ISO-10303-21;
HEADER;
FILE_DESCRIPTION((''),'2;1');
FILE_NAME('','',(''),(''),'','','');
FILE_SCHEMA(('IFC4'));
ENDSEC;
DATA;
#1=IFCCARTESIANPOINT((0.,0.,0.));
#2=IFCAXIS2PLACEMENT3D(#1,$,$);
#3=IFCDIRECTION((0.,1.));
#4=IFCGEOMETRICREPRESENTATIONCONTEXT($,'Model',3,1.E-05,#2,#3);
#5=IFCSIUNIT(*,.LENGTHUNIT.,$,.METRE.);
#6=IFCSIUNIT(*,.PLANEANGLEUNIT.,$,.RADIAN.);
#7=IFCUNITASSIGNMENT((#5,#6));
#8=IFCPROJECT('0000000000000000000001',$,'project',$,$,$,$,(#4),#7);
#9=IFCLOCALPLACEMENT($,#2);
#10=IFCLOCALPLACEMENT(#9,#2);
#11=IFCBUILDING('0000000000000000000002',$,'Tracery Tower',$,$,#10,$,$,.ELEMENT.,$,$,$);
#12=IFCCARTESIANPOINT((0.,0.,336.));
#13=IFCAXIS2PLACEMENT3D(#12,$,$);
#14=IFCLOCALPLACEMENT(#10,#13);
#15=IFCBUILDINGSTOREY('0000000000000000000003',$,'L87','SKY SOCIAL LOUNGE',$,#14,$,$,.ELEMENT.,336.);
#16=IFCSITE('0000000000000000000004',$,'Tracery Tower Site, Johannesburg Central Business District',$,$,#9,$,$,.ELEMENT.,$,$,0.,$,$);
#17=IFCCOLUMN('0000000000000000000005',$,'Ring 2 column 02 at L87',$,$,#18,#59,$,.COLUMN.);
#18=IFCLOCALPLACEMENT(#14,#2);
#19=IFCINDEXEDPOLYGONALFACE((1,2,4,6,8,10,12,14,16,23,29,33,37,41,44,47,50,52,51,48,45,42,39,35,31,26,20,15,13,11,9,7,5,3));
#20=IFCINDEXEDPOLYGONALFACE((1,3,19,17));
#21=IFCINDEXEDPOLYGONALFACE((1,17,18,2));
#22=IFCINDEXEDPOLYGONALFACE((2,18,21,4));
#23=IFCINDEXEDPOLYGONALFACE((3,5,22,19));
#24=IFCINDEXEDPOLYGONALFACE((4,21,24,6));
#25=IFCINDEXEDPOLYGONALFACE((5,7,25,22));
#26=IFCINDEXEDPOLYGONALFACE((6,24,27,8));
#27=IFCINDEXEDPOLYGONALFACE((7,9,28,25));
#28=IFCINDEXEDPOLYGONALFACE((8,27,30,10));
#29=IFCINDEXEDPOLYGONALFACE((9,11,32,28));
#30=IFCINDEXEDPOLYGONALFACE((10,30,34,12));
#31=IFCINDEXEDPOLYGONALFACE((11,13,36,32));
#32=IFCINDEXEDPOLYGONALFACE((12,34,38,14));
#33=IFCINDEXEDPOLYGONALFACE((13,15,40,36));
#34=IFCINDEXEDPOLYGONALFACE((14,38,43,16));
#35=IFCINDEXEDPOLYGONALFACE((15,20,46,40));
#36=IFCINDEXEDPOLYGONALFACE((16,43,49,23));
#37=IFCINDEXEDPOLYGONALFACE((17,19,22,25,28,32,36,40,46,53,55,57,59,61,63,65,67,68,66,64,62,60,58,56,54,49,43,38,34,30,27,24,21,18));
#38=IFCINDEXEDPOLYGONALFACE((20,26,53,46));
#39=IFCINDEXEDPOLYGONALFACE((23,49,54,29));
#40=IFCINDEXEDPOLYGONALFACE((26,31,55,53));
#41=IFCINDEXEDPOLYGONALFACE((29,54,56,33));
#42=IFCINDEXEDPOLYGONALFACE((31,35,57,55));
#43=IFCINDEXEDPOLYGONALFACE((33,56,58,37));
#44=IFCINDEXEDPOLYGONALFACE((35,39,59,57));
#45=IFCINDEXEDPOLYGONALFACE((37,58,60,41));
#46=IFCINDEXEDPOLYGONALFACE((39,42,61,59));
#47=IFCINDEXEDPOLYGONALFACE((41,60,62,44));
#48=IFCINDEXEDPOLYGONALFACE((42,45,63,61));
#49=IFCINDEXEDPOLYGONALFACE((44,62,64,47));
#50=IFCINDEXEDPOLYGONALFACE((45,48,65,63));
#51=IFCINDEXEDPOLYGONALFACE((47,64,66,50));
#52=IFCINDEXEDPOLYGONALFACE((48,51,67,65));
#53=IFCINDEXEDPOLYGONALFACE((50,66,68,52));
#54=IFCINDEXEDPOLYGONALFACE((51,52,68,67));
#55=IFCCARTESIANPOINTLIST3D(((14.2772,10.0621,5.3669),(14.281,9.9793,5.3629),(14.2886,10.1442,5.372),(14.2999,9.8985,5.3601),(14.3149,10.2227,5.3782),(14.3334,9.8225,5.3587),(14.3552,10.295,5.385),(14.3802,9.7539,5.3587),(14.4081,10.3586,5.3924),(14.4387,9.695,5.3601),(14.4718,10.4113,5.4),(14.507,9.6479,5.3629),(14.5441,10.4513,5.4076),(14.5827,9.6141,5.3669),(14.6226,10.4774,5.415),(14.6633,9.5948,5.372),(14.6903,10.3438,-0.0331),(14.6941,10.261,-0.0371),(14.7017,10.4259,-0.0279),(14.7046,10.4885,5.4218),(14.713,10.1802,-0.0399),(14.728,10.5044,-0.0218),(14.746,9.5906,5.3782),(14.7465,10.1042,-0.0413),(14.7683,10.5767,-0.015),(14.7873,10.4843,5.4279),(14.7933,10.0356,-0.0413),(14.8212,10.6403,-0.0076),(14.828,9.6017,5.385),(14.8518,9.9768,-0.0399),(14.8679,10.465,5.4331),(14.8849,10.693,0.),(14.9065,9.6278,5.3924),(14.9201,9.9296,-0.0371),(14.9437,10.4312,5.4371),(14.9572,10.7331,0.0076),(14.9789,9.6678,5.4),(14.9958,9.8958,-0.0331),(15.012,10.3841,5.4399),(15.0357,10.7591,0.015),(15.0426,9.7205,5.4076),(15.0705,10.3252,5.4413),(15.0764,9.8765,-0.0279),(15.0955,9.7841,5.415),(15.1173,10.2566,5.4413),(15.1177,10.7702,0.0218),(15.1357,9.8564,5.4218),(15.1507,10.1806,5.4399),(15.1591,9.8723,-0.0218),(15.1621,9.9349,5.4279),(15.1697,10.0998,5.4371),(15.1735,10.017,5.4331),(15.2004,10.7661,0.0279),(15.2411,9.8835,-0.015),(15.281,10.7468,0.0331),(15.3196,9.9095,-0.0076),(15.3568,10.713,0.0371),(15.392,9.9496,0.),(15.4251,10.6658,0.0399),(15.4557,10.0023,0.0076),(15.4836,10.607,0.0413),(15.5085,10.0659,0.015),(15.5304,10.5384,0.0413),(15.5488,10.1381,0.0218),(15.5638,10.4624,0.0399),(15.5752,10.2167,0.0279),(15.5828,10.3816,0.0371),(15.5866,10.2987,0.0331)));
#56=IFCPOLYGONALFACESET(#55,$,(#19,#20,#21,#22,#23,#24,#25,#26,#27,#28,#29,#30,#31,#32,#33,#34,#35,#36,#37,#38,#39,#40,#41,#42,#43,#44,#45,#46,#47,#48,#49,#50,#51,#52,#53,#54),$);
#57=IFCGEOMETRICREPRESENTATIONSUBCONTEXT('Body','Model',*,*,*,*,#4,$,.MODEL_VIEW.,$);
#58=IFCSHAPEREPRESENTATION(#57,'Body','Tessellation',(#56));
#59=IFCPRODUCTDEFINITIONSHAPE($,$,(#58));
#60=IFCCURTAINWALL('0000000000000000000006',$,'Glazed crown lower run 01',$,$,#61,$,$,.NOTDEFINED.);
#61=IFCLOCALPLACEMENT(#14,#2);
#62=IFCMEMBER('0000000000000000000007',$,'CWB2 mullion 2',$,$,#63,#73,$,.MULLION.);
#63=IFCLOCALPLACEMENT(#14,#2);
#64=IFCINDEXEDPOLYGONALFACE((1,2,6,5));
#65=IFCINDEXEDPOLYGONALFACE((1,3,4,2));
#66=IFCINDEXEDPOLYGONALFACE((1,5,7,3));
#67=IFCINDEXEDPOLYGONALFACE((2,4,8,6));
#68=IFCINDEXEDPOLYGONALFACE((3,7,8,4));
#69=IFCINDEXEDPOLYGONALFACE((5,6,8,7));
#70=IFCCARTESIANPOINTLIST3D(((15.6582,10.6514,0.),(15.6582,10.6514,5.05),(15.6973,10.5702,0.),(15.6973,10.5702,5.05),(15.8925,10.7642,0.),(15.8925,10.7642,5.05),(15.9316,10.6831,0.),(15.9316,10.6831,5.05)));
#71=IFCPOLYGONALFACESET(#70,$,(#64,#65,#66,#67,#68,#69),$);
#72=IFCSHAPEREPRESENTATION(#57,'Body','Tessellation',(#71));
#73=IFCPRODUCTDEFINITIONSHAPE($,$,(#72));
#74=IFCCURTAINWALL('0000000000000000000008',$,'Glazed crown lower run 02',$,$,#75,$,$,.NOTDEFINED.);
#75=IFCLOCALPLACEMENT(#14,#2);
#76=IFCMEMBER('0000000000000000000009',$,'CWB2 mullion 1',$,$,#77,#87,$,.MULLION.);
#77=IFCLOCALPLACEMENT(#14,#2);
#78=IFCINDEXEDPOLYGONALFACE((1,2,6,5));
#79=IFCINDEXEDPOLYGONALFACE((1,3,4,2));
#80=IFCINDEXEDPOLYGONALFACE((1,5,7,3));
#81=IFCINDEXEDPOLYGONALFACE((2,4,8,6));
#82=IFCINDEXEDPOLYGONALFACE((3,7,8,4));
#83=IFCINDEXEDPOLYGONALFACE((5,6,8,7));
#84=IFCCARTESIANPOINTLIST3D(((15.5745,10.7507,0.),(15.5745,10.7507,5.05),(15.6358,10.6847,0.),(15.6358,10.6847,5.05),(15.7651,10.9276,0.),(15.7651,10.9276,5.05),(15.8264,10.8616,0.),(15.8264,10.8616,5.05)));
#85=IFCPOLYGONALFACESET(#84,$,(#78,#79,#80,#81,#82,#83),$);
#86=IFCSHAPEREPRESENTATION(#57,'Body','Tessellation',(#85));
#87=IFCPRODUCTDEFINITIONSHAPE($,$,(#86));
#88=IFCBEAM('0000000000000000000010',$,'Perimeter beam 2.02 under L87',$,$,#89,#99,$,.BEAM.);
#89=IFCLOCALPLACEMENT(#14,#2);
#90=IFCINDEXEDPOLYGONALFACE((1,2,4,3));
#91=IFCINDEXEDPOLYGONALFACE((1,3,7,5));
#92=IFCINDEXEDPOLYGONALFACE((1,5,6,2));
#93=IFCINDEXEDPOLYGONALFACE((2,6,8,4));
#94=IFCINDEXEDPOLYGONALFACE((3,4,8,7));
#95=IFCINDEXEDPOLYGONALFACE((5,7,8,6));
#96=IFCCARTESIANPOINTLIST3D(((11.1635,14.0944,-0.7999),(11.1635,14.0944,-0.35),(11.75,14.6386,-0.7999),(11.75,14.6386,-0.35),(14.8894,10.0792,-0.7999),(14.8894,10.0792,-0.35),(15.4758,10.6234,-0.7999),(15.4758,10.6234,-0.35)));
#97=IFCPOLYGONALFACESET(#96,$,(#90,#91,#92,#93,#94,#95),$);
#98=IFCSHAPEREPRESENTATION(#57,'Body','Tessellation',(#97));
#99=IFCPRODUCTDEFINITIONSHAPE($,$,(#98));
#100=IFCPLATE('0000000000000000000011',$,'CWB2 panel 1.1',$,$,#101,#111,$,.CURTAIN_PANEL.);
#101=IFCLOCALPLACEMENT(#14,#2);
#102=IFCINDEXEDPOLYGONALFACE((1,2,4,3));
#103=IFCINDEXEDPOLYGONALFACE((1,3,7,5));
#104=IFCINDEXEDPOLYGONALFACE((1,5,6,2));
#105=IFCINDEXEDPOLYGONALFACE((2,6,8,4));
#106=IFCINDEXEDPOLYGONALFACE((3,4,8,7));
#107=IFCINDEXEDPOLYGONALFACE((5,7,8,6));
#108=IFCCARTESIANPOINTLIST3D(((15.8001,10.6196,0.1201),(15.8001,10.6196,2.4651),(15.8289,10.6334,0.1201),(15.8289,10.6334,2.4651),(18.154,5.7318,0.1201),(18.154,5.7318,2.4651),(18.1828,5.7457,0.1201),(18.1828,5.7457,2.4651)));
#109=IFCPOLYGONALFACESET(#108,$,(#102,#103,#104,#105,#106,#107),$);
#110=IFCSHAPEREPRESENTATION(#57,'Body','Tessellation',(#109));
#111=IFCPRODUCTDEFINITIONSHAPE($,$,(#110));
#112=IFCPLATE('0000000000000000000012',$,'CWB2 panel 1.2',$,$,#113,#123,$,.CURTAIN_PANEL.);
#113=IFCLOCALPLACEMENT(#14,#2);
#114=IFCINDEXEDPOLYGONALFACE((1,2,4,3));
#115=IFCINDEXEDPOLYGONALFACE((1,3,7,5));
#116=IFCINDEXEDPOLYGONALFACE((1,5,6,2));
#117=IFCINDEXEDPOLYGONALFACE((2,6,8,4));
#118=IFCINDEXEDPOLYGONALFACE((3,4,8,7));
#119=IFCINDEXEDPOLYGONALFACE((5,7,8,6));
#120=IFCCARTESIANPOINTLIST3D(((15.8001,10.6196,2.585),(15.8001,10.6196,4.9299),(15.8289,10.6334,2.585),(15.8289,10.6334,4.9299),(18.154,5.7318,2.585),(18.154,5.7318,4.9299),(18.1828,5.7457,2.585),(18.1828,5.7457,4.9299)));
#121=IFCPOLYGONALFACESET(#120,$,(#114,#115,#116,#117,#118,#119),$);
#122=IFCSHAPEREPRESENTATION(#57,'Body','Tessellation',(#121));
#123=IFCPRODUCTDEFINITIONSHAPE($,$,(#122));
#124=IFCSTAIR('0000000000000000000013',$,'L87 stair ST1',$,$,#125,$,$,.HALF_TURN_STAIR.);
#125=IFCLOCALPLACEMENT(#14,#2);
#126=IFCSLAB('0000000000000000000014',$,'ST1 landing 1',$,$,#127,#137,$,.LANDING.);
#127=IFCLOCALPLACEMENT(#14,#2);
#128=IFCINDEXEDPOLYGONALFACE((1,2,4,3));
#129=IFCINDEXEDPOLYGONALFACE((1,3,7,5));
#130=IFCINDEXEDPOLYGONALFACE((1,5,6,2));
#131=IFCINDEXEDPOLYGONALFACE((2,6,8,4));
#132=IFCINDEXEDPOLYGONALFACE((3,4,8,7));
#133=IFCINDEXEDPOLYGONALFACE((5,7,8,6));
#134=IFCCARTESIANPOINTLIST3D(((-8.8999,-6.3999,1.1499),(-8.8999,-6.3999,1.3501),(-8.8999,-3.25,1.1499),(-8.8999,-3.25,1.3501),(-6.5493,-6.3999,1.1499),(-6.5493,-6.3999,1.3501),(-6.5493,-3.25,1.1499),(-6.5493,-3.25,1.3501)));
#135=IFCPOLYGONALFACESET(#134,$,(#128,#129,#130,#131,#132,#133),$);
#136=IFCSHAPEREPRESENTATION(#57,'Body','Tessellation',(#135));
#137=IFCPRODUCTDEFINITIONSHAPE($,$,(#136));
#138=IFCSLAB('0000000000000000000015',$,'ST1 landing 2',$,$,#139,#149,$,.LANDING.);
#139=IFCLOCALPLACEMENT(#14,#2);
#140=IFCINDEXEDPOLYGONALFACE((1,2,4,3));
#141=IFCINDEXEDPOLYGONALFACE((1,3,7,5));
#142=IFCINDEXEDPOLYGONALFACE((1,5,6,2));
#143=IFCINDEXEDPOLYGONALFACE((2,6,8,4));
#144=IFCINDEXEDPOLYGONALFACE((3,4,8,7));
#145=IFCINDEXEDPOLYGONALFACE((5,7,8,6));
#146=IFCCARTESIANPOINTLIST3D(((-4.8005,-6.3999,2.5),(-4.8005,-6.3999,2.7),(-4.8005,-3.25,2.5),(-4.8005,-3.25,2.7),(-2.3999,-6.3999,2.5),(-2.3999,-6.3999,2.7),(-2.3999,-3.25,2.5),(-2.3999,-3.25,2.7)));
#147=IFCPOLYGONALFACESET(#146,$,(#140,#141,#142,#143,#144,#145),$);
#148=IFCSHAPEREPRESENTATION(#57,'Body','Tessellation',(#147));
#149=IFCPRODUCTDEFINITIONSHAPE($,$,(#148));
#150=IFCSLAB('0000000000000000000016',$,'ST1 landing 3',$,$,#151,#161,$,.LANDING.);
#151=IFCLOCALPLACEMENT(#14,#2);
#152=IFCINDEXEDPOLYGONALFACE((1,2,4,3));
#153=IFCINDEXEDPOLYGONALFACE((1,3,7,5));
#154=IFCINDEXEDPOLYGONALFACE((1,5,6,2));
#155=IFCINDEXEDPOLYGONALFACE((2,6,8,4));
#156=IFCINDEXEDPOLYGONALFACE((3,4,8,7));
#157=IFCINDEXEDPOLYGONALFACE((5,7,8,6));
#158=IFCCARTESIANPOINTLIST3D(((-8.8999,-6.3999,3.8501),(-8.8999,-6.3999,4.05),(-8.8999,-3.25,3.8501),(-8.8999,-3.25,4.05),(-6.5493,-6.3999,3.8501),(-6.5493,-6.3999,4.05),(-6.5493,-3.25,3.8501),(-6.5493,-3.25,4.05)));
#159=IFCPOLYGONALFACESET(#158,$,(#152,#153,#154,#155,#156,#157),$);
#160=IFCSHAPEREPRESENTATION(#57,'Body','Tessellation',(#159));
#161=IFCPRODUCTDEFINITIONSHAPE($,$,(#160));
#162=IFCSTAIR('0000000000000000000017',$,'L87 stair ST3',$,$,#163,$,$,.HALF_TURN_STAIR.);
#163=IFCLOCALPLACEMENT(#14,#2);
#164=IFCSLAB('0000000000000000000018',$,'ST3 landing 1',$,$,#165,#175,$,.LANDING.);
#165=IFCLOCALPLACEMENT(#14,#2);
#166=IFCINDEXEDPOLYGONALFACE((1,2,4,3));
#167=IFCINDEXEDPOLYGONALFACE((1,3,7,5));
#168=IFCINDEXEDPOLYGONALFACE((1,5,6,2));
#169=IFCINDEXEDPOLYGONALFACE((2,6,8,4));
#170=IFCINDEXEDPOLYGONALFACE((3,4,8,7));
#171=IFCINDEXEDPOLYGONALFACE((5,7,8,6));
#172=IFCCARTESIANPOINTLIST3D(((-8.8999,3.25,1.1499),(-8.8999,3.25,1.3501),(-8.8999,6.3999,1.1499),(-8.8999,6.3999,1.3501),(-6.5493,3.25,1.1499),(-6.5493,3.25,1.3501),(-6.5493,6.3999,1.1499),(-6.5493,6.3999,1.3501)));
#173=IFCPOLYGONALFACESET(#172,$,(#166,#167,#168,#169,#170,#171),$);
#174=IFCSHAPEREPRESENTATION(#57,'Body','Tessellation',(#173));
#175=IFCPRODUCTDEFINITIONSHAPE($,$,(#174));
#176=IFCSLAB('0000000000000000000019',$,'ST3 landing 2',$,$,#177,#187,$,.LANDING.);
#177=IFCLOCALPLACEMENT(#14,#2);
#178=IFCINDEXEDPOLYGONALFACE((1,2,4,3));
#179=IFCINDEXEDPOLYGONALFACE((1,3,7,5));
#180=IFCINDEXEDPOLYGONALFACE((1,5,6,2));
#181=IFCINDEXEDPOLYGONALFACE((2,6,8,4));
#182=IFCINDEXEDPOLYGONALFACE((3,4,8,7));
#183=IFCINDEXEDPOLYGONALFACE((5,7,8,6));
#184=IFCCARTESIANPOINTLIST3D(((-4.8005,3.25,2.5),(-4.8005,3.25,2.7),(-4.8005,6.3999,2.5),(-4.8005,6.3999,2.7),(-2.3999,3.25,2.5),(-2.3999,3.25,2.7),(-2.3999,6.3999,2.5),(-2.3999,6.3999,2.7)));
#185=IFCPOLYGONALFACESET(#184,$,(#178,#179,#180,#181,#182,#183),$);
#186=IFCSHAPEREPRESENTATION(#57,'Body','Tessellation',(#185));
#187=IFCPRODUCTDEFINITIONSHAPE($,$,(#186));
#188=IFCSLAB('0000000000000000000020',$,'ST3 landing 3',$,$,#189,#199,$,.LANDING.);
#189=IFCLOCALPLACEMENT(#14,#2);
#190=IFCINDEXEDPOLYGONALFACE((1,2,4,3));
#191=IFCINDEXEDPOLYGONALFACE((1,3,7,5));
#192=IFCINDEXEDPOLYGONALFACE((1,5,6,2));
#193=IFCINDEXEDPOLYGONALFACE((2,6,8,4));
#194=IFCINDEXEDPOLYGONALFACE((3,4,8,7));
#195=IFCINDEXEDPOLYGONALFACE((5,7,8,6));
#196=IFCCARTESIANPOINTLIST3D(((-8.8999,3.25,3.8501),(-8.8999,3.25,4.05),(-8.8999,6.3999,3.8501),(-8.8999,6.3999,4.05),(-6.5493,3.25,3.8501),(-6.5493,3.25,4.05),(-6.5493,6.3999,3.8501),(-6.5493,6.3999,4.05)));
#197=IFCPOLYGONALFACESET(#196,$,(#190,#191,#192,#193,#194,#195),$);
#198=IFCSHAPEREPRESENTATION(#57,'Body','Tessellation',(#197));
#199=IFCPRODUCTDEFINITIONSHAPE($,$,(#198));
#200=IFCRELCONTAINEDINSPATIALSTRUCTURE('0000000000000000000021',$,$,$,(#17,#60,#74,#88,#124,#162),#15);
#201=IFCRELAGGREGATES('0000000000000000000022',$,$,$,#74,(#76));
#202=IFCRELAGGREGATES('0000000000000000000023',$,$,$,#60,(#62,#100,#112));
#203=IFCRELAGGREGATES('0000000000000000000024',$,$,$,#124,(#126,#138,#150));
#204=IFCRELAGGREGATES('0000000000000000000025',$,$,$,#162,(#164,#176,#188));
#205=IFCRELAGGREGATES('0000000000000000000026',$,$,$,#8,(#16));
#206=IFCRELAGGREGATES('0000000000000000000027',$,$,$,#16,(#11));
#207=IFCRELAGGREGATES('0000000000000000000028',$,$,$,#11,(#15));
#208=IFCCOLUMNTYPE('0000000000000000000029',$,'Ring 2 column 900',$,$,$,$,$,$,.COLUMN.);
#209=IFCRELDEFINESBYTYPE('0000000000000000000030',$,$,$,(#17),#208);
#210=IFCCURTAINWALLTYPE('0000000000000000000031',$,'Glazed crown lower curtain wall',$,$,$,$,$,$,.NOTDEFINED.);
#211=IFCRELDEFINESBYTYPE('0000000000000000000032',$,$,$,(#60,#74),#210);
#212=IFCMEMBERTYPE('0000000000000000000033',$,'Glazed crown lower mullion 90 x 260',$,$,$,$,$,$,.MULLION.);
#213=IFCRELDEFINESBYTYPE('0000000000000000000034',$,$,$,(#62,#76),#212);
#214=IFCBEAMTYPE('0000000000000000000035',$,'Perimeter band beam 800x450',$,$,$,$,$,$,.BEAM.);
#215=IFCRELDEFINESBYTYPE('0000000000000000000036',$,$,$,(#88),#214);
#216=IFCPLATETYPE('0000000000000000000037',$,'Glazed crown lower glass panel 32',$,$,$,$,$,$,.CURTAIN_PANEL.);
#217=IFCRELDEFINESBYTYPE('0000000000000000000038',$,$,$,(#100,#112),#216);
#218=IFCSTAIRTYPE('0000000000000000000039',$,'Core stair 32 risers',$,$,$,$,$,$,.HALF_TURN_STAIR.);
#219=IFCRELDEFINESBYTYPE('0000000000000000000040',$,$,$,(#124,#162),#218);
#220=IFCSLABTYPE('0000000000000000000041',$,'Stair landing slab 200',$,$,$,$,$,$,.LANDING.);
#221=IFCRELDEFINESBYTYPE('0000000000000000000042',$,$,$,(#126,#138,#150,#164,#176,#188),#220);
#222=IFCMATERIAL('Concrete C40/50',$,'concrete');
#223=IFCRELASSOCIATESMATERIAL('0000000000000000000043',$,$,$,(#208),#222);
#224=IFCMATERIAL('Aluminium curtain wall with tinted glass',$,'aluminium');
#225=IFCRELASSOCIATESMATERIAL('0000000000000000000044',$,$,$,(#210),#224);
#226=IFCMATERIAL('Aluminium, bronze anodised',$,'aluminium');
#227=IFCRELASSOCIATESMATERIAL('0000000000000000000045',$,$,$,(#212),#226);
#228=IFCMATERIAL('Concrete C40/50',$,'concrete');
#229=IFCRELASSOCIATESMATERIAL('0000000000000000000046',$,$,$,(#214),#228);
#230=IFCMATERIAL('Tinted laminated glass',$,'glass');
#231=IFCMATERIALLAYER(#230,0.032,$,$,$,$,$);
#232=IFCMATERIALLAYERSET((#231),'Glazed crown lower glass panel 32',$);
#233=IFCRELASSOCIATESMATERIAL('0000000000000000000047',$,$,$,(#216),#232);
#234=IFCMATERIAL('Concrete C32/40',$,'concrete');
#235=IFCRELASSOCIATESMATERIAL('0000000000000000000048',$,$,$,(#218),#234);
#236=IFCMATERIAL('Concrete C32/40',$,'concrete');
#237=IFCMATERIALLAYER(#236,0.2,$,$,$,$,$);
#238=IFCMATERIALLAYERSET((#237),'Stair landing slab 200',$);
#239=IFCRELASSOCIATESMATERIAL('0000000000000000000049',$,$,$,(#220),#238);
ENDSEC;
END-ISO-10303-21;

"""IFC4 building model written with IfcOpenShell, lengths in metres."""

from ifc_helpers import new_model, si_unit, direction, frame, origin, origin_2d, place, context, subcontext, project, spatial, polyline, rectangle, circle, outline, extrude, material, layer, layer_set, material_profile, profile_set, type_object, element, aggregate, save


model = new_model("IFC4")

# Units and contexts
model_context = context("Model", 3, precision=1e-05, world=origin(), true_north=direction((0.0, 1.0)))
body_context = subcontext(model_context, "Body", "Model", "MODEL_VIEW")
ifc_project = project(units=[si_unit("LENGTHUNIT", "METRE"), si_unit("PLANEANGLEUNIT", "RADIAN")], contexts=[model_context])

# Site, building, storey
site_placement = place(None, origin())
site = spatial("IfcSite", under=ifc_project, at=site_placement, Name="Tracery Tower Site, Johannesburg Central Business District", CompositionType="ELEMENT", RefElevation=0.0)
building_placement = place(site_placement, origin())
building = spatial("IfcBuilding", under=site, at=building_placement, Name="Tracery Tower", CompositionType="ELEMENT")
storey_placement = place(building_placement, frame((0.0, 0.0, 336.0)))
storey = spatial("IfcBuildingStorey", under=building, at=storey_placement, Name="L87", Description="SKY SOCIAL LOUNGE", CompositionType="ELEMENT", Elevation=336.0)

# Column
ifc_material_1 = material(Name="Concrete C40/50", Category="concrete")
ifc_material_profile_1 = material_profile(ifc_material_1, circle(Radius=0.45, at=origin_2d()), Name="RC D900")
ifc_profile_set_1 = profile_set([ifc_material_profile_1], Name="Concrete C40/50")
column_type = type_object("IfcColumnType", Name="Ring 2 column 900", PredefinedType="COLUMN", material=ifc_profile_set_1)
column_placement = place(storey_placement, frame((15.1384, 10.3213, 0.0), z_axis=(-0.076173, -0.051952, 0.99574), x_axis=(0.563458, -0.826145, 0.0)))
element("IfcColumn", 1, at=column_placement, inside=storey, type_object=column_type, Name="Ring 2 column 02 at L87", PredefinedType="COLUMN", context=body_context, shape_type="SweptSolid", body=[
    extrude(circle(Radius=0.45, at=origin_2d()), origin(), (0.0, 0.0, 1.0), 5.4231),
])

# Curtain walls, members
ifc_material_2 = material(Name="Aluminium curtain wall with tinted glass", Category="aluminium")
curtain_wall_type = type_object("IfcCurtainWallType", Name="Glazed crown lower curtain wall", PredefinedType="NOTDEFINED", material=ifc_material_2)
curtain_wall_1_placement = place(storey_placement, origin())
curtain_wall_1 = element("IfcCurtainWall", 2, at=curtain_wall_1_placement, inside=storey, type_object=curtain_wall_type, Name="Glazed crown lower run 01", PredefinedType="NOTDEFINED")
ifc_material_3 = material(Name="Aluminium, bronze anodised", Category="aluminium")
ifc_material_profile_2 = material_profile(ifc_material_3, rectangle(XDim=0.26, YDim=0.0901, at=origin_2d()), Name="Glazed crown lower mullion 90 x 260")
ifc_profile_set_2 = profile_set([ifc_material_profile_2], Name="Aluminium, bronze anodised")
member_type = type_object("IfcMemberType", Name="Glazed crown lower mullion 90 x 260", PredefinedType="MULLION", material=ifc_profile_set_2)
member_1_placement = place(storey_placement, frame((15.7949, 10.6672, 0.0), z_axis=(0.0, 0.0, 1.0), x_axis=(-0.900966, -0.433891, 0.0)))
member_1 = element("IfcMember", 3, at=member_1_placement, type_object=member_type, Name="CWB2 mullion 2", PredefinedType="MULLION", context=body_context, shape_type="SweptSolid", body=[
    extrude(rectangle(XDim=0.26, YDim=0.0901, at=origin_2d()), origin(), (0.0, 0.0, 1.0), 5.05),
])
curtain_wall_2_placement = place(storey_placement, origin())
curtain_wall_2 = element("IfcCurtainWall", 4, at=curtain_wall_2_placement, inside=storey, type_object=curtain_wall_type, Name="Glazed crown lower run 02", PredefinedType="NOTDEFINED")
member_2_placement = place(storey_placement, frame((15.7004, 10.8062, 0.0), z_axis=(0.0, 0.0, 1.0), x_axis=(-0.733044, -0.680181, 0.0)))
member_2 = element("IfcMember", 5, at=member_2_placement, type_object=member_type, Name="CWB2 mullion 1", PredefinedType="MULLION", context=body_context, shape_type="SweptSolid", body=[
    extrude(rectangle(XDim=0.26, YDim=0.0901, at=origin_2d()), origin(), (0.0, 0.0, 1.0), 5.05),
])
aggregate(curtain_wall_2, [member_2])

# Beam
ifc_material_4 = material(Name="Concrete C40/50", Category="concrete")
ifc_material_profile_3 = material_profile(ifc_material_4, rectangle(XDim=0.8, YDim=0.45, at=origin_2d()), Name="RC 800x450")
ifc_profile_set_3 = profile_set([ifc_material_profile_3], Name="Concrete C40/50")
beam_type = type_object("IfcBeamType", Name="Perimeter band beam 800x450", PredefinedType="BEAM", material=ifc_profile_set_3)
beam_placement = place(storey_placement, frame((15.1826, 10.3513, -0.575), z_axis=(-0.680205, 0.733022, 0.0), x_axis=(-0.733022, -0.680205, 0.0)))
element("IfcBeam", 6, at=beam_placement, inside=storey, type_object=beam_type, Name="Perimeter beam 2.02 under L87", PredefinedType="BEAM", context=body_context, shape_type="SweptSolid", body=[
    extrude(rectangle(XDim=0.8, YDim=0.45, at=origin_2d()), origin(), (0.0, 0.0, 1.0), 5.4775),
])

# Plates
ifc_material_5 = material(Name="Tinted laminated glass", Category="glass")
ifc_layer_1 = layer(ifc_material_5, 0.032)
ifc_layer_set_1 = layer_set([ifc_layer_1], Name="Glazed crown lower glass panel 32")
plate_type = type_object("IfcPlateType", Name="Glazed crown lower glass panel 32", PredefinedType="CURTAIN_PANEL", material=ifc_layer_set_1)
plate_1_placement = place(storey_placement, frame((16.9915, 8.1826, 0.1201), z_axis=(0.0, 0.0, 1.0), x_axis=(-0.433891, 0.900966, 0.0)))
plate_1 = element("IfcPlate", 7, at=plate_1_placement, type_object=plate_type, Name="CWB2 panel 1.1", PredefinedType="CURTAIN_PANEL", context=body_context, shape_type="SweptSolid", body=[
    extrude(rectangle(XDim=5.425, YDim=0.032, at=origin_2d()), origin(), (0.0, 0.0, 1.0), 2.345),
])
plate_2_placement = place(storey_placement, frame((16.9915, 8.1826, 2.585), z_axis=(0.0, 0.0, 1.0), x_axis=(-0.433891, 0.900966, 0.0)))
plate_2 = element("IfcPlate", 8, at=plate_2_placement, type_object=plate_type, Name="CWB2 panel 1.2", PredefinedType="CURTAIN_PANEL", context=body_context, shape_type="SweptSolid", body=[
    extrude(rectangle(XDim=5.425, YDim=0.032, at=origin_2d()), origin(), (0.0, 0.0, 1.0), 2.345),
])
aggregate(curtain_wall_1, [member_1, plate_1, plate_2])

# Stairs, slabs
ifc_material_6 = material(Name="Concrete C32/40", Category="concrete")
stair_type = type_object("IfcStairType", Name="Core stair 32 risers", PredefinedType="HALF_TURN_STAIR", material=ifc_material_6)
stair_1_placement = place(storey_placement, origin())
stair_1 = element("IfcStair", 9, at=stair_1_placement, inside=storey, type_object=stair_type, Name="L87 stair ST1", PredefinedType="HALF_TURN_STAIR")
ifc_material_7 = material(Name="Concrete C32/40", Category="concrete")
ifc_layer_2 = layer(ifc_material_7, 0.2)
ifc_layer_set_2 = layer_set([ifc_layer_2], Name="Stair landing slab 200")
slab_type = type_object("IfcSlabType", Name="Stair landing slab 200", PredefinedType="LANDING", material=ifc_layer_set_2)
slab_1_placement = place(storey_placement, frame((0.0, 0.0, 1.1499)))
slab_1 = element("IfcSlab", 10, at=slab_1_placement, type_object=slab_type, Name="ST1 landing 1", PredefinedType="LANDING", context=body_context, shape_type="SweptSolid", body=[
    extrude(outline(polyline([(-6.5493, -3.25), (-8.8999, -3.25), (-8.8999, -6.3999), (-6.5493, -6.3999), (-6.5493, -3.25)])), origin(), (0.0, 0.0, 1.0), 0.2002),
])
slab_2_placement = place(storey_placement, frame((0.0, 0.0, 2.5)))
slab_2 = element("IfcSlab", 11, at=slab_2_placement, type_object=slab_type, Name="ST1 landing 2", PredefinedType="LANDING", context=body_context, shape_type="SweptSolid", body=[
    extrude(outline(polyline([(-2.3999, -3.25), (-4.8005, -3.25), (-4.8005, -6.3999), (-2.3999, -6.3999), (-2.3999, -3.25)])), origin(), (0.0, 0.0, 1.0), 0.2),
])
slab_3_placement = place(storey_placement, frame((0.0, 0.0, 3.8501)))
slab_3 = element("IfcSlab", 12, at=slab_3_placement, type_object=slab_type, Name="ST1 landing 3", PredefinedType="LANDING", context=body_context, shape_type="SweptSolid", body=[
    extrude(outline(polyline([(-6.5493, -3.25), (-8.8999, -3.25), (-8.8999, -6.3999), (-6.5493, -6.3999), (-6.5493, -3.25)])), origin(), (0.0, 0.0, 1.0), 0.2),
])
aggregate(stair_1, [slab_1, slab_2, slab_3])
stair_2_placement = place(storey_placement, origin())
stair_2 = element("IfcStair", 13, at=stair_2_placement, inside=storey, type_object=stair_type, Name="L87 stair ST3", PredefinedType="HALF_TURN_STAIR")
slab_4_placement = place(storey_placement, frame((0.0, 0.0, 1.1499)))
slab_4 = element("IfcSlab", 14, at=slab_4_placement, type_object=slab_type, Name="ST3 landing 1", PredefinedType="LANDING", context=body_context, shape_type="SweptSolid", body=[
    extrude(outline(polyline([(-6.5493, 6.3999), (-8.8999, 6.3999), (-8.8999, 3.25), (-6.5493, 3.25), (-6.5493, 6.3999)])), origin(), (0.0, 0.0, 1.0), 0.2002),
])
slab_5_placement = place(storey_placement, frame((0.0, 0.0, 2.5)))
slab_5 = element("IfcSlab", 15, at=slab_5_placement, type_object=slab_type, Name="ST3 landing 2", PredefinedType="LANDING", context=body_context, shape_type="SweptSolid", body=[
    extrude(outline(polyline([(-2.3999, 6.3999), (-4.8005, 6.3999), (-4.8005, 3.25), (-2.3999, 3.25), (-2.3999, 6.3999)])), origin(), (0.0, 0.0, 1.0), 0.2),
])
slab_6_placement = place(storey_placement, frame((0.0, 0.0, 3.8501)))
slab_6 = element("IfcSlab", 16, at=slab_6_placement, type_object=slab_type, Name="ST3 landing 3", PredefinedType="LANDING", context=body_context, shape_type="SweptSolid", body=[
    extrude(outline(polyline([(-6.5493, 6.3999), (-8.8999, 6.3999), (-8.8999, 3.25), (-6.5493, 3.25), (-6.5493, 6.3999)])), origin(), (0.0, 0.0, 1.0), 0.2),
])
aggregate(stair_2, [slab_4, slab_5, slab_6])

save(model, "model.ifc")
